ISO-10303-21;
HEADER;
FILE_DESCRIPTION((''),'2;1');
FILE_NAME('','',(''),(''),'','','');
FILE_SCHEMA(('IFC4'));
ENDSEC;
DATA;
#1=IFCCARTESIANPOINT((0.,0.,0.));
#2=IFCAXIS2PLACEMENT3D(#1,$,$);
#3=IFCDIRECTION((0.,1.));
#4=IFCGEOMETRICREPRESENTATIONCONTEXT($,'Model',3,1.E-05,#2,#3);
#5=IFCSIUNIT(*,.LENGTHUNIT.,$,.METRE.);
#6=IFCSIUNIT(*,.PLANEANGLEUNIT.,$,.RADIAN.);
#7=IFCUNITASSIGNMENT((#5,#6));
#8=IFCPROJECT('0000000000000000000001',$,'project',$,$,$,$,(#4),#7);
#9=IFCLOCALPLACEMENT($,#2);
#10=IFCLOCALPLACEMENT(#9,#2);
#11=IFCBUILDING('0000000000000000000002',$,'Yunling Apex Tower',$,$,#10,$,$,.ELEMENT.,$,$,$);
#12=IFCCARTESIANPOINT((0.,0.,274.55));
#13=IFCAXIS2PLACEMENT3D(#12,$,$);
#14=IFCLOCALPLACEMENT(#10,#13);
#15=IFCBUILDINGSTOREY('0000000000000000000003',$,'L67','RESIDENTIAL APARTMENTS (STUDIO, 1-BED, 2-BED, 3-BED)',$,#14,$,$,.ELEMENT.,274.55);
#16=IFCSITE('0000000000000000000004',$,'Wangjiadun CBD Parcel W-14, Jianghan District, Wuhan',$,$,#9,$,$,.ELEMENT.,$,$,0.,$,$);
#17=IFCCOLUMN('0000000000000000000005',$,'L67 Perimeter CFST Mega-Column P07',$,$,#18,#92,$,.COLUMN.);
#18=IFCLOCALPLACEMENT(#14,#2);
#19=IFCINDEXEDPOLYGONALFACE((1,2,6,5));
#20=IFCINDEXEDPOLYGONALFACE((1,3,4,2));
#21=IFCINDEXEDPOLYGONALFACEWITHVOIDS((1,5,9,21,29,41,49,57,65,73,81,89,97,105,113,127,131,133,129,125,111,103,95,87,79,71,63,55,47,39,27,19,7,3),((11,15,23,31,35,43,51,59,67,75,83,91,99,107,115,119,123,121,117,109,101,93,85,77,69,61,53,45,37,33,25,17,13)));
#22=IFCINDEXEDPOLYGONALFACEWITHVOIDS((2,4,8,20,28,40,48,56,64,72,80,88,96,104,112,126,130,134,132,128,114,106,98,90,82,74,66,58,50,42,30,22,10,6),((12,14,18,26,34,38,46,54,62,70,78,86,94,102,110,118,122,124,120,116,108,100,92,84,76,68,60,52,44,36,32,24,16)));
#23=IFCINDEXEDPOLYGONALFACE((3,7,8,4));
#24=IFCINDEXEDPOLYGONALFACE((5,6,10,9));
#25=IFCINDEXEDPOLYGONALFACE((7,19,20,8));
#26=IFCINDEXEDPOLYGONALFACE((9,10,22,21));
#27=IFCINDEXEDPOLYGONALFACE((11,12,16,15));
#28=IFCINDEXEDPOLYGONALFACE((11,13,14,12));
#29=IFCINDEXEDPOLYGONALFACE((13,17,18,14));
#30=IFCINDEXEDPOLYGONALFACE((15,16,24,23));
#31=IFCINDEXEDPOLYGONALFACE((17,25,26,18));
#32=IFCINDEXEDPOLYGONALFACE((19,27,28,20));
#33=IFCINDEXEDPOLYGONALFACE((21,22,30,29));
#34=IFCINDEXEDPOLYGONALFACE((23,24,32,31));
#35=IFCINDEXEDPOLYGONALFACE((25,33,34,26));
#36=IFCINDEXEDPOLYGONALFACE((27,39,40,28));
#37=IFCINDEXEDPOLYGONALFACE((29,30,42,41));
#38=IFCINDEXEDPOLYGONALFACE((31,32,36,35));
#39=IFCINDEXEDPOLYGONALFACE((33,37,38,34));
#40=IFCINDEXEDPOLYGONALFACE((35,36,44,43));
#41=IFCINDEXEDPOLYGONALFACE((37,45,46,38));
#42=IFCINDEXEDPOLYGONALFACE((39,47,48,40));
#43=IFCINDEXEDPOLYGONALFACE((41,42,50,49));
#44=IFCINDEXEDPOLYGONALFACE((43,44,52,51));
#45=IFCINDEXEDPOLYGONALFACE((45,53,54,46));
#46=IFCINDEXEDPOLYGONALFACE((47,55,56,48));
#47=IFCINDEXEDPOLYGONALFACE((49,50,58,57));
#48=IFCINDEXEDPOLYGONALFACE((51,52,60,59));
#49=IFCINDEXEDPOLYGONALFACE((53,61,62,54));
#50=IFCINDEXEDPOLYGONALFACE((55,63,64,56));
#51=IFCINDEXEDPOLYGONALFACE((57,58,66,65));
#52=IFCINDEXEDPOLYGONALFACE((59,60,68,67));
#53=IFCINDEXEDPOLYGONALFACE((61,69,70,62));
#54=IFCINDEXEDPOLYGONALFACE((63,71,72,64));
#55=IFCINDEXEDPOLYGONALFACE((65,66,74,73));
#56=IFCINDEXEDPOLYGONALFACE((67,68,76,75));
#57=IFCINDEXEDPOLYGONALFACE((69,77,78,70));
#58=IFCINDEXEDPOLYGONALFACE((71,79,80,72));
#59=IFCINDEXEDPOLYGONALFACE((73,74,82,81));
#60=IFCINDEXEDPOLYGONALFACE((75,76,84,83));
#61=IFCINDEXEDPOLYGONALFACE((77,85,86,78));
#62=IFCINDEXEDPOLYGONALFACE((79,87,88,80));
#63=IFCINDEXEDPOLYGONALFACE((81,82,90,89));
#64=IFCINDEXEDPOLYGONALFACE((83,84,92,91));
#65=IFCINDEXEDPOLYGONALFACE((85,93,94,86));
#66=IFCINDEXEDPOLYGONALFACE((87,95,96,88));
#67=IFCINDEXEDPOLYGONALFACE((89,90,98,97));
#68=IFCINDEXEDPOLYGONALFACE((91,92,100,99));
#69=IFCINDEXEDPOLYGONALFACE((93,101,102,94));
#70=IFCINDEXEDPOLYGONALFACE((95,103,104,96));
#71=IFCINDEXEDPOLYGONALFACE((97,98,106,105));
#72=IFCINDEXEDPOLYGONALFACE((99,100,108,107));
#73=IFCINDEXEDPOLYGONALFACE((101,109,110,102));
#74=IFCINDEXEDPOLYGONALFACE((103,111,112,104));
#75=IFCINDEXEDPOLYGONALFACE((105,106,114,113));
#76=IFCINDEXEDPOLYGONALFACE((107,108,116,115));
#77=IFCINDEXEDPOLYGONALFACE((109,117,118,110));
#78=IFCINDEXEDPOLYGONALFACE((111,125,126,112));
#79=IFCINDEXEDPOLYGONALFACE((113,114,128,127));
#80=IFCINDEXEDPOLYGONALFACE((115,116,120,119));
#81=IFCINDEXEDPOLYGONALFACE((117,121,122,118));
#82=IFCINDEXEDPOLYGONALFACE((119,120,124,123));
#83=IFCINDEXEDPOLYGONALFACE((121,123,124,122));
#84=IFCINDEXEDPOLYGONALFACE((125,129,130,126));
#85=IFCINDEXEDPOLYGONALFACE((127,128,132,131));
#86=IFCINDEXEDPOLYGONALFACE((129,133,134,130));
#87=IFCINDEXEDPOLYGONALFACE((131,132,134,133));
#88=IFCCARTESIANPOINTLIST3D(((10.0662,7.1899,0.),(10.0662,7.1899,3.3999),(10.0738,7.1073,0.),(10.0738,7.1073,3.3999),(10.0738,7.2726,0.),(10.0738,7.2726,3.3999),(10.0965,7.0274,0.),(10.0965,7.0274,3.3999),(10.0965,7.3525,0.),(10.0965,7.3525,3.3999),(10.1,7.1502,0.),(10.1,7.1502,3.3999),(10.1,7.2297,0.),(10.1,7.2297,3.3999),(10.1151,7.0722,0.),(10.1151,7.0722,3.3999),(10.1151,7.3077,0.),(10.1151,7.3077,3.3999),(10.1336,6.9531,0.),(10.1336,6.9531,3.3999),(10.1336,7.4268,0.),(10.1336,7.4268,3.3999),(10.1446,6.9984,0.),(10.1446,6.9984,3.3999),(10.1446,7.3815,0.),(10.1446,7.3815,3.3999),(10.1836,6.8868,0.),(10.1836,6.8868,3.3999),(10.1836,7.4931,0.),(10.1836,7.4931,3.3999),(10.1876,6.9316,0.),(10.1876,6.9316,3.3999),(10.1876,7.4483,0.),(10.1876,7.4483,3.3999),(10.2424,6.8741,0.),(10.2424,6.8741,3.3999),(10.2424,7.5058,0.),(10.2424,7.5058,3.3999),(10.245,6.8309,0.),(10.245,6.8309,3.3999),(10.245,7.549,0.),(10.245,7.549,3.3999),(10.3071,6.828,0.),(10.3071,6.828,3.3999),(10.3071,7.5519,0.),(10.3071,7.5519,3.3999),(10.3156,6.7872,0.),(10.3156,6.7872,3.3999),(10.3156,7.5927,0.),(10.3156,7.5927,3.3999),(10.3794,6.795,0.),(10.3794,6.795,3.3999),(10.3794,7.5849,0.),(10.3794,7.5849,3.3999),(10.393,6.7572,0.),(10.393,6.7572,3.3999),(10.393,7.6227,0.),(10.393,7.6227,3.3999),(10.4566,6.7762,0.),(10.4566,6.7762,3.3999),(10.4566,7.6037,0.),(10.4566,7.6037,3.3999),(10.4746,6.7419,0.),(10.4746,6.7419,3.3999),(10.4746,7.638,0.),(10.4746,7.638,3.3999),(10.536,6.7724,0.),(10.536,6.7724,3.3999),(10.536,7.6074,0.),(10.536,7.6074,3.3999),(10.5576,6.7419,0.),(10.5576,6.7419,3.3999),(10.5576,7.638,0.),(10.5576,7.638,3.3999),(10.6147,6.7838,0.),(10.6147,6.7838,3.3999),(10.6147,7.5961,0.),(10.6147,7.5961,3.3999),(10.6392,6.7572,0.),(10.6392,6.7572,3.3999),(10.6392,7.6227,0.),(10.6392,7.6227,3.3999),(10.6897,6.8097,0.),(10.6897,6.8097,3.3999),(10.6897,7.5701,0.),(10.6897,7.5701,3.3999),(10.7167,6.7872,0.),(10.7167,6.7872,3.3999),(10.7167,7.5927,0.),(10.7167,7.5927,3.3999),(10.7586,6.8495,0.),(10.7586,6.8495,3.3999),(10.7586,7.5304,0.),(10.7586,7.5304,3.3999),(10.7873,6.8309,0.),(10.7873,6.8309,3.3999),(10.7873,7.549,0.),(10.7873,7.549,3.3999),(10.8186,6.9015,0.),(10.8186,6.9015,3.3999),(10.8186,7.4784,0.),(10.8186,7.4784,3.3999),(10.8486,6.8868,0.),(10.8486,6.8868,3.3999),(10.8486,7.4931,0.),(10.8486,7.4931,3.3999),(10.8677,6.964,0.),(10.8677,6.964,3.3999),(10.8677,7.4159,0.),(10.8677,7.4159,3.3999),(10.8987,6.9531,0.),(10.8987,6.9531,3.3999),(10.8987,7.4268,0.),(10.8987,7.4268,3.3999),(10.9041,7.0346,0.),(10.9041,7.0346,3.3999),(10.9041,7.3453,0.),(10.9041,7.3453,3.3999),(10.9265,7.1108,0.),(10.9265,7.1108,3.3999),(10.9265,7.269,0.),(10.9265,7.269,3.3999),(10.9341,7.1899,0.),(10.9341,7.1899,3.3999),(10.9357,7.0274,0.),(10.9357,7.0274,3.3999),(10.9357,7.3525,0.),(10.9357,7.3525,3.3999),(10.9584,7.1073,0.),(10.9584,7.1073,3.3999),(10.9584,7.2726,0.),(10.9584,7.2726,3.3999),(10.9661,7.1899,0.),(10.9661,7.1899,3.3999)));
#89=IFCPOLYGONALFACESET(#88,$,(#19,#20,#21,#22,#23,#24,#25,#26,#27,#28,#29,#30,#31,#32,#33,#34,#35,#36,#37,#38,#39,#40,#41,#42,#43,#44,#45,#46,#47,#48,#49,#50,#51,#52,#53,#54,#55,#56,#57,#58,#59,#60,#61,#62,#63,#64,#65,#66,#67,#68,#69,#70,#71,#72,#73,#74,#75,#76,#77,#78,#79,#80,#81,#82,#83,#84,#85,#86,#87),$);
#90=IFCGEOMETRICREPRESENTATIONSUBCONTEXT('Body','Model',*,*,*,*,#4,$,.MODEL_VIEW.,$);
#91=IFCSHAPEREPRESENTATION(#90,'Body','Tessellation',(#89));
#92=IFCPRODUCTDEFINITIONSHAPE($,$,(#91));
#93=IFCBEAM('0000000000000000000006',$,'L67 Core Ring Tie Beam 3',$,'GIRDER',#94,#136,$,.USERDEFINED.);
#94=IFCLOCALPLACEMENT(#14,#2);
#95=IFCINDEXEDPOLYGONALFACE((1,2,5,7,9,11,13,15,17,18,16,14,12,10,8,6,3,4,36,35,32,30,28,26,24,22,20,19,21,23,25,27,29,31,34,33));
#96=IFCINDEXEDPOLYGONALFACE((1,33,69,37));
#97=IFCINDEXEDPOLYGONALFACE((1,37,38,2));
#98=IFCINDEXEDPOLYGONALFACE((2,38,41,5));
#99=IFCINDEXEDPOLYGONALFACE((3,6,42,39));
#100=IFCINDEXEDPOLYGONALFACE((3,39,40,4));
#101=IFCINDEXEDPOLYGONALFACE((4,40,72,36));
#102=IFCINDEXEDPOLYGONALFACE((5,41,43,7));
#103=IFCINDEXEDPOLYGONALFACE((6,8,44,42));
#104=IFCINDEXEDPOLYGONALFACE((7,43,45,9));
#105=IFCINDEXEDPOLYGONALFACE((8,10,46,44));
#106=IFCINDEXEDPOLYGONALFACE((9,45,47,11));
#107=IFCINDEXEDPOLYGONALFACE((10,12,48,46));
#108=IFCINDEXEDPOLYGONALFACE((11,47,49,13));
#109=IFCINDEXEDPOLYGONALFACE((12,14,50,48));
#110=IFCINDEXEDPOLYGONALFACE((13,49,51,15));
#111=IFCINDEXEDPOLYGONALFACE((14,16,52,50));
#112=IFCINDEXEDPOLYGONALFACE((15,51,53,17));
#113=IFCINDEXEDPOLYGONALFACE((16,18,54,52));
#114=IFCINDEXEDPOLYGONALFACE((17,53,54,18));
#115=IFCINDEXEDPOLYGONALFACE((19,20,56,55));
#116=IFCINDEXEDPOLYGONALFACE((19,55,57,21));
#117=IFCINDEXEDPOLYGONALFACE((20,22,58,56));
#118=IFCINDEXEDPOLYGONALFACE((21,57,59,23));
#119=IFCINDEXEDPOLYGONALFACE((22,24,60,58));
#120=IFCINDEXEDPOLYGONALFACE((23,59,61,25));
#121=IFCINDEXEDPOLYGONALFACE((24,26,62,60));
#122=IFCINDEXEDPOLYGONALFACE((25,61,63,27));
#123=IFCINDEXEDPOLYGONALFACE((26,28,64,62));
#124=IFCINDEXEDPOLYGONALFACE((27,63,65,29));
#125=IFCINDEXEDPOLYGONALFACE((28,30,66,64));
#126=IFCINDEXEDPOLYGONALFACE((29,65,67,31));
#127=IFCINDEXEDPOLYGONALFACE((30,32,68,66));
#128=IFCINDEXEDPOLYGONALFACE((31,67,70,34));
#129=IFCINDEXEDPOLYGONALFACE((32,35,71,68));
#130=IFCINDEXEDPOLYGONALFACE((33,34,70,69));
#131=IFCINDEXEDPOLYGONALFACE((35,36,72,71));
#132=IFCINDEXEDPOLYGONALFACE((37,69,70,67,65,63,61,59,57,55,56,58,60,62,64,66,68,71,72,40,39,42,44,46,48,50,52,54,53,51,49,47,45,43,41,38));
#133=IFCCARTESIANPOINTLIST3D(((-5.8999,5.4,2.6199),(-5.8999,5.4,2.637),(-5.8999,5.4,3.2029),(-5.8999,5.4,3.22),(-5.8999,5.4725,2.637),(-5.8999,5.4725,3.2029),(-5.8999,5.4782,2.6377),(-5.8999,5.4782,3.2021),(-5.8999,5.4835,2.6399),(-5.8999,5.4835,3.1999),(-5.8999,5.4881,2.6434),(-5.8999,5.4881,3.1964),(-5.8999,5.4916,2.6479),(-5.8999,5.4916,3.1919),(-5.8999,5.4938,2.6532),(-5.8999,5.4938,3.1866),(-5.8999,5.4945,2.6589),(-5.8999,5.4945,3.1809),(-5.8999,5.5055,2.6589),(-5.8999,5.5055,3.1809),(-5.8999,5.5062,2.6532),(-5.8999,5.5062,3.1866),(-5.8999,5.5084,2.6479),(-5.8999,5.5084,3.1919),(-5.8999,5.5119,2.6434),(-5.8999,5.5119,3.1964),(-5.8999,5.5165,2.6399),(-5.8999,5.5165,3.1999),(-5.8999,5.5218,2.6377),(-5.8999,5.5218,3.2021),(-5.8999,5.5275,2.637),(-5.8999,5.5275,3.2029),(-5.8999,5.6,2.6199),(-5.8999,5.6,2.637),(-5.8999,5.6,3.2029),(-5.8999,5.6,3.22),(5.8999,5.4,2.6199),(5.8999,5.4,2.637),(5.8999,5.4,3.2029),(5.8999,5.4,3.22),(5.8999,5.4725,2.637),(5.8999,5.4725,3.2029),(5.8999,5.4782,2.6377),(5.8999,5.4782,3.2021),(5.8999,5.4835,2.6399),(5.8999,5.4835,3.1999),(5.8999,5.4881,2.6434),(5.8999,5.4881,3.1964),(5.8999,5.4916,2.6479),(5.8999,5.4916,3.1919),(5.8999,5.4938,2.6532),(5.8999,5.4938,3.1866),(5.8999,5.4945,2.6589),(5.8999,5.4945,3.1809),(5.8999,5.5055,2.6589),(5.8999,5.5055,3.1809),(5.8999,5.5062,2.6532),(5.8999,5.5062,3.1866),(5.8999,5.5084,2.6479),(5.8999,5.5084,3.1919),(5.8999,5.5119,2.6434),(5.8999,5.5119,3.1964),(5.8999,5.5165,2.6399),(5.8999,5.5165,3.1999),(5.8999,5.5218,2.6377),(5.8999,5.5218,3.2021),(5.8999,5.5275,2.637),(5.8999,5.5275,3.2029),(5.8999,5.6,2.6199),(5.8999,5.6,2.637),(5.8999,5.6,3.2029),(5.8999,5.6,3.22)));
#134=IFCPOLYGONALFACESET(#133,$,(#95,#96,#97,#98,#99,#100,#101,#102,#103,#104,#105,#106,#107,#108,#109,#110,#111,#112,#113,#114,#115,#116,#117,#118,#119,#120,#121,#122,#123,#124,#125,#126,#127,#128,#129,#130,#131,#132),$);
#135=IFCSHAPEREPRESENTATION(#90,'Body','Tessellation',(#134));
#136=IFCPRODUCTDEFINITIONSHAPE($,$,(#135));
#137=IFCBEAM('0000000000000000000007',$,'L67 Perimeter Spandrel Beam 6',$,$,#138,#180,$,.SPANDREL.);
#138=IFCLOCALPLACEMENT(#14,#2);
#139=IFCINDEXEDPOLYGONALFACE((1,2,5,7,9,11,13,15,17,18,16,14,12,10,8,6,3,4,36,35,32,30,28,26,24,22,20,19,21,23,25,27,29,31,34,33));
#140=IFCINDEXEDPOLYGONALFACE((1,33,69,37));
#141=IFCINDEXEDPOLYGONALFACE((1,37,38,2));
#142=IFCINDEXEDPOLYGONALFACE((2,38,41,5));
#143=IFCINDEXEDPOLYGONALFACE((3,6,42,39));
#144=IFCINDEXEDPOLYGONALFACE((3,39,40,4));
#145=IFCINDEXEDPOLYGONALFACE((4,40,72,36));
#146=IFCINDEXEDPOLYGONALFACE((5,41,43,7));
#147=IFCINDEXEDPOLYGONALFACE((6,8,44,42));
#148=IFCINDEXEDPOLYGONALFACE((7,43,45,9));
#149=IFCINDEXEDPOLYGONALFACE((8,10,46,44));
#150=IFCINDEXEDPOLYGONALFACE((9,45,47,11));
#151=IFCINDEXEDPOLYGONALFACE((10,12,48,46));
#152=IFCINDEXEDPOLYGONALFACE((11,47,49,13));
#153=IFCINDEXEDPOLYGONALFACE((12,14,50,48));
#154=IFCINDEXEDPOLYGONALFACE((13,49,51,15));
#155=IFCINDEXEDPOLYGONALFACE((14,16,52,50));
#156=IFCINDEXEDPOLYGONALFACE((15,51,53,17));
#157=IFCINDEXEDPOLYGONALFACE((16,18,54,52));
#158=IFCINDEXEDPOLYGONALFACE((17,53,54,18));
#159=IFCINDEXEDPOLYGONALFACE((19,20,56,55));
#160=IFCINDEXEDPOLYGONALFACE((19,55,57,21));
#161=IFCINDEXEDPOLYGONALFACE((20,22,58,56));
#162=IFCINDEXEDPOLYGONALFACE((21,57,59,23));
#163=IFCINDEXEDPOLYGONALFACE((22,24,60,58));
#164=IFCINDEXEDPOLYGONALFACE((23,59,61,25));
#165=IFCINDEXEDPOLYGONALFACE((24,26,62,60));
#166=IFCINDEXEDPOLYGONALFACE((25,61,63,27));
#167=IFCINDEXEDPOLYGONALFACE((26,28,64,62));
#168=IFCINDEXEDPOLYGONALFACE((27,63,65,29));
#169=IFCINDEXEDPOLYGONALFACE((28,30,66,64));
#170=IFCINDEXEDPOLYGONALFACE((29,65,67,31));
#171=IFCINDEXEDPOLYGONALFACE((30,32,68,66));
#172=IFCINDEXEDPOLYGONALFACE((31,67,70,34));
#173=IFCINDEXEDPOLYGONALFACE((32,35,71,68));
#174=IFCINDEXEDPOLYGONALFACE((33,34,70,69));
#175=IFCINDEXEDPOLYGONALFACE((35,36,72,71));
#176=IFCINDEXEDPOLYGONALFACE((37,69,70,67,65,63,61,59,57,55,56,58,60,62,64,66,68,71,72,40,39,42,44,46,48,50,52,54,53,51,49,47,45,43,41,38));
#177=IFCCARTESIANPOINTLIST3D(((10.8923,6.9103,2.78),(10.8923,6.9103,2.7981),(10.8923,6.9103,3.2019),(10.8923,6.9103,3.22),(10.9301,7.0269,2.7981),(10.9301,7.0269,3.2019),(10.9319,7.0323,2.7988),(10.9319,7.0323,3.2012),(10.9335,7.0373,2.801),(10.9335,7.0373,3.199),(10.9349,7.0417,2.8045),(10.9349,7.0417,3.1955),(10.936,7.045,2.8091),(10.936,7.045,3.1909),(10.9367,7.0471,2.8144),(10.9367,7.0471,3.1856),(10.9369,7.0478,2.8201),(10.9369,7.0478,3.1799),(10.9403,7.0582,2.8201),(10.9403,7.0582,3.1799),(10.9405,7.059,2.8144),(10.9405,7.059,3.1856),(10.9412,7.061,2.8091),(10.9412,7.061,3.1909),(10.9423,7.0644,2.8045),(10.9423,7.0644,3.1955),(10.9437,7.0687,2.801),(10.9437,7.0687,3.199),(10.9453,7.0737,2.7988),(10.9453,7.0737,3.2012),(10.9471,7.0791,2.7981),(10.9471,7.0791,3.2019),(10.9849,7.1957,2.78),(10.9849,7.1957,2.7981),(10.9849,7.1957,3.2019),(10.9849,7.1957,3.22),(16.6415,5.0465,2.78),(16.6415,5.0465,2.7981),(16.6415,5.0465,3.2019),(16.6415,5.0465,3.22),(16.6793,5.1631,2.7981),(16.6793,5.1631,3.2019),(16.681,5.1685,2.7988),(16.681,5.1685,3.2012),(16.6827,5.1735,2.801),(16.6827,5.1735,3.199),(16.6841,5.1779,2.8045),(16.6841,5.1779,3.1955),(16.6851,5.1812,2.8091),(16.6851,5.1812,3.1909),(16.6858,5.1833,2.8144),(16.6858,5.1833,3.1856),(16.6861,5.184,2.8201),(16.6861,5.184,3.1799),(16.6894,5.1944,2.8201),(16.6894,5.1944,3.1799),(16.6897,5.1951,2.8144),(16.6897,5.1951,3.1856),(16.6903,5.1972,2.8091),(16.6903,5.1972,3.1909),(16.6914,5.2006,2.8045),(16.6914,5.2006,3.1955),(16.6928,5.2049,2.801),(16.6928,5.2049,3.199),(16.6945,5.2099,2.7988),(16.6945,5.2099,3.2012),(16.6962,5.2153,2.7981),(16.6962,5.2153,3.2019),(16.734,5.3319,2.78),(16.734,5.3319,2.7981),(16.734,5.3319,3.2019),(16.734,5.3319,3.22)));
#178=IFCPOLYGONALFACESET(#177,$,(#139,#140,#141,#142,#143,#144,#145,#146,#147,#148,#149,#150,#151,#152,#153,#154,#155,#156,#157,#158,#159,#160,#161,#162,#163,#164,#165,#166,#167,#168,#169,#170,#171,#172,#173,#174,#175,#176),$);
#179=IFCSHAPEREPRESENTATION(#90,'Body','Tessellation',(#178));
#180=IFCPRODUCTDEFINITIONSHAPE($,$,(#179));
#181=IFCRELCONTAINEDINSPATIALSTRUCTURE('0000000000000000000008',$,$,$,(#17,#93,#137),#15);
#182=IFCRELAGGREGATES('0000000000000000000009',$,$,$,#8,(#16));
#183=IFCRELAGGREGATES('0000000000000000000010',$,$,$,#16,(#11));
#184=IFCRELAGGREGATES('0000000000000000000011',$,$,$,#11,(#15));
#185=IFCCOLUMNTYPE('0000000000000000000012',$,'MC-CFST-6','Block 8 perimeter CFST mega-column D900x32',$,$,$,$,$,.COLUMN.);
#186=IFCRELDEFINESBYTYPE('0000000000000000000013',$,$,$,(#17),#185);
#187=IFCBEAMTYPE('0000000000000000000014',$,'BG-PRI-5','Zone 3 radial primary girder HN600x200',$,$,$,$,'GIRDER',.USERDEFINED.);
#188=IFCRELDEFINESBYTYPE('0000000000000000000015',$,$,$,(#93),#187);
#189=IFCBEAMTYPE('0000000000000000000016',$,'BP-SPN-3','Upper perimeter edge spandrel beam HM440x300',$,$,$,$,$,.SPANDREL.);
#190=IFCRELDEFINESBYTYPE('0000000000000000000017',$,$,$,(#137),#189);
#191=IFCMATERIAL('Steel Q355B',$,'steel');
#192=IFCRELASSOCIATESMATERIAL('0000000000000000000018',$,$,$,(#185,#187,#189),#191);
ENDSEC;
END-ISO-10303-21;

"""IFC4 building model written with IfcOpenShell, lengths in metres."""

from ifc_helpers import new_model, si_unit, direction, frame, origin, origin_2d, place, context, subcontext, project, spatial, hollow_circle, i_section, extrude, source, transform, mapped, material, material_profile, profile_set, type_object, element, save


model = new_model("IFC4")

# Units and contexts
model_context = context("Model", 3, precision=1e-05, world=origin(), true_north=direction((0.0, 1.0)))
body_context = subcontext(model_context, "Body", "Model", "MODEL_VIEW")
ifc_project = project(units=[si_unit("LENGTHUNIT", "METRE"), si_unit("PLANEANGLEUNIT", "RADIAN")], contexts=[model_context])

# Site, building, storey
site_placement = place(None, origin())
site = spatial("IfcSite", under=ifc_project, at=site_placement, Name="Wangjiadun CBD Parcel W-14, Jianghan District, Wuhan", CompositionType="ELEMENT", RefElevation=0.0)
building_placement = place(site_placement, origin())
building = spatial("IfcBuilding", under=site, at=building_placement, Name="Yunling Apex Tower", CompositionType="ELEMENT")
storey_placement = place(building_placement, frame((0.0, 0.0, 274.55)))
storey = spatial("IfcBuildingStorey", under=building, at=storey_placement, Name="L67", Description="RESIDENTIAL APARTMENTS (STUDIO, 1-BED, 2-BED, 3-BED)", CompositionType="ELEMENT", Elevation=274.55)

# Column
ifc_material_1 = material(Name="Steel Q355B", Category="steel")
ifc_material_profile_1 = material_profile(ifc_material_1, hollow_circle(Radius=0.45, WallThickness=0.032, at=origin_2d()))
ifc_profile_set_1 = profile_set([ifc_material_profile_1], Name="Steel Q355B")
column_type_1 = type_object("IfcColumnType", Name="MC-CFST-6", Description="Block 8 perimeter CFST mega-column D900x32", PredefinedType="COLUMN", material=ifc_profile_set_1)
shared_shape_1 = source(origin(), body_context, "Body", "SweptSolid", [
    extrude(hollow_circle(Radius=0.45, WallThickness=0.032, at=origin_2d()), origin(), (0.0, 0.0, 1.0), 3.3999),
])
for number, where, z_axis, x_axis, name in (
    (1, (10.5161, 7.1899, 0.0), (0.0, 0.0, 1.0), (1.0, 0.0, 0.0), "L67 Perimeter CFST Mega-Column P07"),
):
    element("IfcColumn", number, at=place(storey_placement, frame(where, z_axis=z_axis, x_axis=x_axis)), inside=storey, type_object=column_type_1, Name=name, PredefinedType="COLUMN", context=body_context, shape_type="MappedRepresentation", body=[
        mapped(shared_shape_1, transform((0.0, 0.0, 0.0), scale=1.0)),
    ])

# Beams
ifc_material_profile_2 = material_profile(ifc_material_1, i_section(OverallWidth=0.2, OverallDepth=0.6001, WebThickness=0.011, FlangeThickness=0.0171, FilletRadius=0.022, at=origin_2d()))
ifc_profile_set_2 = profile_set([ifc_material_profile_2], Name="Steel Q355B")
beam_type_1 = type_object("IfcBeamType", Name="BG-PRI-5", Description="Zone 3 radial primary girder HN600x200", ElementType="GIRDER", PredefinedType="USERDEFINED", material=ifc_profile_set_2)
shared_shape_2 = source(origin(), body_context, "Body", "SweptSolid", [
    extrude(i_section(OverallWidth=0.2, OverallDepth=0.6001, WebThickness=0.011, FlangeThickness=0.0171, FilletRadius=0.022, at=origin_2d()), origin(), (0.0, 0.0, 1.0), 11.7998),
])
beam_1_placement = place(storey_placement, frame((5.8999, 5.5, 2.9199), z_axis=(-1.0, 0.0, 0.0), x_axis=(0.0, -1.0, 0.0)))
element("IfcBeam", 2, at=beam_1_placement, inside=storey, type_object=beam_type_1, Name="L67 Core Ring Tie Beam 3", ObjectType="GIRDER", PredefinedType="USERDEFINED", context=body_context, shape_type="MappedRepresentation", body=[
    mapped(shared_shape_2, transform((0.0, 0.0, 0.0), scale=1.0)),
])
ifc_material_profile_3 = material_profile(ifc_material_1, i_section(OverallWidth=0.3, OverallDepth=0.4399, WebThickness=0.011, FlangeThickness=0.0181, FilletRadius=0.022, at=origin_2d()))
ifc_profile_set_3 = profile_set([ifc_material_profile_3], Name="Steel Q355B")
beam_type_2 = type_object("IfcBeamType", Name="BP-SPN-3", Description="Upper perimeter edge spandrel beam HM440x300", PredefinedType="SPANDREL", material=ifc_profile_set_3)
shared_shape_3 = source(origin(), body_context, "Body", "SweptSolid", [
    extrude(i_section(OverallWidth=0.3, OverallDepth=0.4399, WebThickness=0.011, FlangeThickness=0.0181, FilletRadius=0.022, at=origin_2d()), origin(), (0.0, 0.0, 1.0), 6.0437),
])
beam_2_placement = place(storey_placement, frame((16.6877, 5.1892, 3.0), z_axis=(-0.951261, 0.308388, 0.0), x_axis=(-0.308388, -0.951261, 0.0)))
element("IfcBeam", 3, at=beam_2_placement, inside=storey, type_object=beam_type_2, Name="L67 Perimeter Spandrel Beam 6", PredefinedType="SPANDREL", context=body_context, shape_type="MappedRepresentation", body=[
    mapped(shared_shape_3, transform((0.0, 0.0, 0.0), scale=1.0)),
])

save(model, "model.ifc")
